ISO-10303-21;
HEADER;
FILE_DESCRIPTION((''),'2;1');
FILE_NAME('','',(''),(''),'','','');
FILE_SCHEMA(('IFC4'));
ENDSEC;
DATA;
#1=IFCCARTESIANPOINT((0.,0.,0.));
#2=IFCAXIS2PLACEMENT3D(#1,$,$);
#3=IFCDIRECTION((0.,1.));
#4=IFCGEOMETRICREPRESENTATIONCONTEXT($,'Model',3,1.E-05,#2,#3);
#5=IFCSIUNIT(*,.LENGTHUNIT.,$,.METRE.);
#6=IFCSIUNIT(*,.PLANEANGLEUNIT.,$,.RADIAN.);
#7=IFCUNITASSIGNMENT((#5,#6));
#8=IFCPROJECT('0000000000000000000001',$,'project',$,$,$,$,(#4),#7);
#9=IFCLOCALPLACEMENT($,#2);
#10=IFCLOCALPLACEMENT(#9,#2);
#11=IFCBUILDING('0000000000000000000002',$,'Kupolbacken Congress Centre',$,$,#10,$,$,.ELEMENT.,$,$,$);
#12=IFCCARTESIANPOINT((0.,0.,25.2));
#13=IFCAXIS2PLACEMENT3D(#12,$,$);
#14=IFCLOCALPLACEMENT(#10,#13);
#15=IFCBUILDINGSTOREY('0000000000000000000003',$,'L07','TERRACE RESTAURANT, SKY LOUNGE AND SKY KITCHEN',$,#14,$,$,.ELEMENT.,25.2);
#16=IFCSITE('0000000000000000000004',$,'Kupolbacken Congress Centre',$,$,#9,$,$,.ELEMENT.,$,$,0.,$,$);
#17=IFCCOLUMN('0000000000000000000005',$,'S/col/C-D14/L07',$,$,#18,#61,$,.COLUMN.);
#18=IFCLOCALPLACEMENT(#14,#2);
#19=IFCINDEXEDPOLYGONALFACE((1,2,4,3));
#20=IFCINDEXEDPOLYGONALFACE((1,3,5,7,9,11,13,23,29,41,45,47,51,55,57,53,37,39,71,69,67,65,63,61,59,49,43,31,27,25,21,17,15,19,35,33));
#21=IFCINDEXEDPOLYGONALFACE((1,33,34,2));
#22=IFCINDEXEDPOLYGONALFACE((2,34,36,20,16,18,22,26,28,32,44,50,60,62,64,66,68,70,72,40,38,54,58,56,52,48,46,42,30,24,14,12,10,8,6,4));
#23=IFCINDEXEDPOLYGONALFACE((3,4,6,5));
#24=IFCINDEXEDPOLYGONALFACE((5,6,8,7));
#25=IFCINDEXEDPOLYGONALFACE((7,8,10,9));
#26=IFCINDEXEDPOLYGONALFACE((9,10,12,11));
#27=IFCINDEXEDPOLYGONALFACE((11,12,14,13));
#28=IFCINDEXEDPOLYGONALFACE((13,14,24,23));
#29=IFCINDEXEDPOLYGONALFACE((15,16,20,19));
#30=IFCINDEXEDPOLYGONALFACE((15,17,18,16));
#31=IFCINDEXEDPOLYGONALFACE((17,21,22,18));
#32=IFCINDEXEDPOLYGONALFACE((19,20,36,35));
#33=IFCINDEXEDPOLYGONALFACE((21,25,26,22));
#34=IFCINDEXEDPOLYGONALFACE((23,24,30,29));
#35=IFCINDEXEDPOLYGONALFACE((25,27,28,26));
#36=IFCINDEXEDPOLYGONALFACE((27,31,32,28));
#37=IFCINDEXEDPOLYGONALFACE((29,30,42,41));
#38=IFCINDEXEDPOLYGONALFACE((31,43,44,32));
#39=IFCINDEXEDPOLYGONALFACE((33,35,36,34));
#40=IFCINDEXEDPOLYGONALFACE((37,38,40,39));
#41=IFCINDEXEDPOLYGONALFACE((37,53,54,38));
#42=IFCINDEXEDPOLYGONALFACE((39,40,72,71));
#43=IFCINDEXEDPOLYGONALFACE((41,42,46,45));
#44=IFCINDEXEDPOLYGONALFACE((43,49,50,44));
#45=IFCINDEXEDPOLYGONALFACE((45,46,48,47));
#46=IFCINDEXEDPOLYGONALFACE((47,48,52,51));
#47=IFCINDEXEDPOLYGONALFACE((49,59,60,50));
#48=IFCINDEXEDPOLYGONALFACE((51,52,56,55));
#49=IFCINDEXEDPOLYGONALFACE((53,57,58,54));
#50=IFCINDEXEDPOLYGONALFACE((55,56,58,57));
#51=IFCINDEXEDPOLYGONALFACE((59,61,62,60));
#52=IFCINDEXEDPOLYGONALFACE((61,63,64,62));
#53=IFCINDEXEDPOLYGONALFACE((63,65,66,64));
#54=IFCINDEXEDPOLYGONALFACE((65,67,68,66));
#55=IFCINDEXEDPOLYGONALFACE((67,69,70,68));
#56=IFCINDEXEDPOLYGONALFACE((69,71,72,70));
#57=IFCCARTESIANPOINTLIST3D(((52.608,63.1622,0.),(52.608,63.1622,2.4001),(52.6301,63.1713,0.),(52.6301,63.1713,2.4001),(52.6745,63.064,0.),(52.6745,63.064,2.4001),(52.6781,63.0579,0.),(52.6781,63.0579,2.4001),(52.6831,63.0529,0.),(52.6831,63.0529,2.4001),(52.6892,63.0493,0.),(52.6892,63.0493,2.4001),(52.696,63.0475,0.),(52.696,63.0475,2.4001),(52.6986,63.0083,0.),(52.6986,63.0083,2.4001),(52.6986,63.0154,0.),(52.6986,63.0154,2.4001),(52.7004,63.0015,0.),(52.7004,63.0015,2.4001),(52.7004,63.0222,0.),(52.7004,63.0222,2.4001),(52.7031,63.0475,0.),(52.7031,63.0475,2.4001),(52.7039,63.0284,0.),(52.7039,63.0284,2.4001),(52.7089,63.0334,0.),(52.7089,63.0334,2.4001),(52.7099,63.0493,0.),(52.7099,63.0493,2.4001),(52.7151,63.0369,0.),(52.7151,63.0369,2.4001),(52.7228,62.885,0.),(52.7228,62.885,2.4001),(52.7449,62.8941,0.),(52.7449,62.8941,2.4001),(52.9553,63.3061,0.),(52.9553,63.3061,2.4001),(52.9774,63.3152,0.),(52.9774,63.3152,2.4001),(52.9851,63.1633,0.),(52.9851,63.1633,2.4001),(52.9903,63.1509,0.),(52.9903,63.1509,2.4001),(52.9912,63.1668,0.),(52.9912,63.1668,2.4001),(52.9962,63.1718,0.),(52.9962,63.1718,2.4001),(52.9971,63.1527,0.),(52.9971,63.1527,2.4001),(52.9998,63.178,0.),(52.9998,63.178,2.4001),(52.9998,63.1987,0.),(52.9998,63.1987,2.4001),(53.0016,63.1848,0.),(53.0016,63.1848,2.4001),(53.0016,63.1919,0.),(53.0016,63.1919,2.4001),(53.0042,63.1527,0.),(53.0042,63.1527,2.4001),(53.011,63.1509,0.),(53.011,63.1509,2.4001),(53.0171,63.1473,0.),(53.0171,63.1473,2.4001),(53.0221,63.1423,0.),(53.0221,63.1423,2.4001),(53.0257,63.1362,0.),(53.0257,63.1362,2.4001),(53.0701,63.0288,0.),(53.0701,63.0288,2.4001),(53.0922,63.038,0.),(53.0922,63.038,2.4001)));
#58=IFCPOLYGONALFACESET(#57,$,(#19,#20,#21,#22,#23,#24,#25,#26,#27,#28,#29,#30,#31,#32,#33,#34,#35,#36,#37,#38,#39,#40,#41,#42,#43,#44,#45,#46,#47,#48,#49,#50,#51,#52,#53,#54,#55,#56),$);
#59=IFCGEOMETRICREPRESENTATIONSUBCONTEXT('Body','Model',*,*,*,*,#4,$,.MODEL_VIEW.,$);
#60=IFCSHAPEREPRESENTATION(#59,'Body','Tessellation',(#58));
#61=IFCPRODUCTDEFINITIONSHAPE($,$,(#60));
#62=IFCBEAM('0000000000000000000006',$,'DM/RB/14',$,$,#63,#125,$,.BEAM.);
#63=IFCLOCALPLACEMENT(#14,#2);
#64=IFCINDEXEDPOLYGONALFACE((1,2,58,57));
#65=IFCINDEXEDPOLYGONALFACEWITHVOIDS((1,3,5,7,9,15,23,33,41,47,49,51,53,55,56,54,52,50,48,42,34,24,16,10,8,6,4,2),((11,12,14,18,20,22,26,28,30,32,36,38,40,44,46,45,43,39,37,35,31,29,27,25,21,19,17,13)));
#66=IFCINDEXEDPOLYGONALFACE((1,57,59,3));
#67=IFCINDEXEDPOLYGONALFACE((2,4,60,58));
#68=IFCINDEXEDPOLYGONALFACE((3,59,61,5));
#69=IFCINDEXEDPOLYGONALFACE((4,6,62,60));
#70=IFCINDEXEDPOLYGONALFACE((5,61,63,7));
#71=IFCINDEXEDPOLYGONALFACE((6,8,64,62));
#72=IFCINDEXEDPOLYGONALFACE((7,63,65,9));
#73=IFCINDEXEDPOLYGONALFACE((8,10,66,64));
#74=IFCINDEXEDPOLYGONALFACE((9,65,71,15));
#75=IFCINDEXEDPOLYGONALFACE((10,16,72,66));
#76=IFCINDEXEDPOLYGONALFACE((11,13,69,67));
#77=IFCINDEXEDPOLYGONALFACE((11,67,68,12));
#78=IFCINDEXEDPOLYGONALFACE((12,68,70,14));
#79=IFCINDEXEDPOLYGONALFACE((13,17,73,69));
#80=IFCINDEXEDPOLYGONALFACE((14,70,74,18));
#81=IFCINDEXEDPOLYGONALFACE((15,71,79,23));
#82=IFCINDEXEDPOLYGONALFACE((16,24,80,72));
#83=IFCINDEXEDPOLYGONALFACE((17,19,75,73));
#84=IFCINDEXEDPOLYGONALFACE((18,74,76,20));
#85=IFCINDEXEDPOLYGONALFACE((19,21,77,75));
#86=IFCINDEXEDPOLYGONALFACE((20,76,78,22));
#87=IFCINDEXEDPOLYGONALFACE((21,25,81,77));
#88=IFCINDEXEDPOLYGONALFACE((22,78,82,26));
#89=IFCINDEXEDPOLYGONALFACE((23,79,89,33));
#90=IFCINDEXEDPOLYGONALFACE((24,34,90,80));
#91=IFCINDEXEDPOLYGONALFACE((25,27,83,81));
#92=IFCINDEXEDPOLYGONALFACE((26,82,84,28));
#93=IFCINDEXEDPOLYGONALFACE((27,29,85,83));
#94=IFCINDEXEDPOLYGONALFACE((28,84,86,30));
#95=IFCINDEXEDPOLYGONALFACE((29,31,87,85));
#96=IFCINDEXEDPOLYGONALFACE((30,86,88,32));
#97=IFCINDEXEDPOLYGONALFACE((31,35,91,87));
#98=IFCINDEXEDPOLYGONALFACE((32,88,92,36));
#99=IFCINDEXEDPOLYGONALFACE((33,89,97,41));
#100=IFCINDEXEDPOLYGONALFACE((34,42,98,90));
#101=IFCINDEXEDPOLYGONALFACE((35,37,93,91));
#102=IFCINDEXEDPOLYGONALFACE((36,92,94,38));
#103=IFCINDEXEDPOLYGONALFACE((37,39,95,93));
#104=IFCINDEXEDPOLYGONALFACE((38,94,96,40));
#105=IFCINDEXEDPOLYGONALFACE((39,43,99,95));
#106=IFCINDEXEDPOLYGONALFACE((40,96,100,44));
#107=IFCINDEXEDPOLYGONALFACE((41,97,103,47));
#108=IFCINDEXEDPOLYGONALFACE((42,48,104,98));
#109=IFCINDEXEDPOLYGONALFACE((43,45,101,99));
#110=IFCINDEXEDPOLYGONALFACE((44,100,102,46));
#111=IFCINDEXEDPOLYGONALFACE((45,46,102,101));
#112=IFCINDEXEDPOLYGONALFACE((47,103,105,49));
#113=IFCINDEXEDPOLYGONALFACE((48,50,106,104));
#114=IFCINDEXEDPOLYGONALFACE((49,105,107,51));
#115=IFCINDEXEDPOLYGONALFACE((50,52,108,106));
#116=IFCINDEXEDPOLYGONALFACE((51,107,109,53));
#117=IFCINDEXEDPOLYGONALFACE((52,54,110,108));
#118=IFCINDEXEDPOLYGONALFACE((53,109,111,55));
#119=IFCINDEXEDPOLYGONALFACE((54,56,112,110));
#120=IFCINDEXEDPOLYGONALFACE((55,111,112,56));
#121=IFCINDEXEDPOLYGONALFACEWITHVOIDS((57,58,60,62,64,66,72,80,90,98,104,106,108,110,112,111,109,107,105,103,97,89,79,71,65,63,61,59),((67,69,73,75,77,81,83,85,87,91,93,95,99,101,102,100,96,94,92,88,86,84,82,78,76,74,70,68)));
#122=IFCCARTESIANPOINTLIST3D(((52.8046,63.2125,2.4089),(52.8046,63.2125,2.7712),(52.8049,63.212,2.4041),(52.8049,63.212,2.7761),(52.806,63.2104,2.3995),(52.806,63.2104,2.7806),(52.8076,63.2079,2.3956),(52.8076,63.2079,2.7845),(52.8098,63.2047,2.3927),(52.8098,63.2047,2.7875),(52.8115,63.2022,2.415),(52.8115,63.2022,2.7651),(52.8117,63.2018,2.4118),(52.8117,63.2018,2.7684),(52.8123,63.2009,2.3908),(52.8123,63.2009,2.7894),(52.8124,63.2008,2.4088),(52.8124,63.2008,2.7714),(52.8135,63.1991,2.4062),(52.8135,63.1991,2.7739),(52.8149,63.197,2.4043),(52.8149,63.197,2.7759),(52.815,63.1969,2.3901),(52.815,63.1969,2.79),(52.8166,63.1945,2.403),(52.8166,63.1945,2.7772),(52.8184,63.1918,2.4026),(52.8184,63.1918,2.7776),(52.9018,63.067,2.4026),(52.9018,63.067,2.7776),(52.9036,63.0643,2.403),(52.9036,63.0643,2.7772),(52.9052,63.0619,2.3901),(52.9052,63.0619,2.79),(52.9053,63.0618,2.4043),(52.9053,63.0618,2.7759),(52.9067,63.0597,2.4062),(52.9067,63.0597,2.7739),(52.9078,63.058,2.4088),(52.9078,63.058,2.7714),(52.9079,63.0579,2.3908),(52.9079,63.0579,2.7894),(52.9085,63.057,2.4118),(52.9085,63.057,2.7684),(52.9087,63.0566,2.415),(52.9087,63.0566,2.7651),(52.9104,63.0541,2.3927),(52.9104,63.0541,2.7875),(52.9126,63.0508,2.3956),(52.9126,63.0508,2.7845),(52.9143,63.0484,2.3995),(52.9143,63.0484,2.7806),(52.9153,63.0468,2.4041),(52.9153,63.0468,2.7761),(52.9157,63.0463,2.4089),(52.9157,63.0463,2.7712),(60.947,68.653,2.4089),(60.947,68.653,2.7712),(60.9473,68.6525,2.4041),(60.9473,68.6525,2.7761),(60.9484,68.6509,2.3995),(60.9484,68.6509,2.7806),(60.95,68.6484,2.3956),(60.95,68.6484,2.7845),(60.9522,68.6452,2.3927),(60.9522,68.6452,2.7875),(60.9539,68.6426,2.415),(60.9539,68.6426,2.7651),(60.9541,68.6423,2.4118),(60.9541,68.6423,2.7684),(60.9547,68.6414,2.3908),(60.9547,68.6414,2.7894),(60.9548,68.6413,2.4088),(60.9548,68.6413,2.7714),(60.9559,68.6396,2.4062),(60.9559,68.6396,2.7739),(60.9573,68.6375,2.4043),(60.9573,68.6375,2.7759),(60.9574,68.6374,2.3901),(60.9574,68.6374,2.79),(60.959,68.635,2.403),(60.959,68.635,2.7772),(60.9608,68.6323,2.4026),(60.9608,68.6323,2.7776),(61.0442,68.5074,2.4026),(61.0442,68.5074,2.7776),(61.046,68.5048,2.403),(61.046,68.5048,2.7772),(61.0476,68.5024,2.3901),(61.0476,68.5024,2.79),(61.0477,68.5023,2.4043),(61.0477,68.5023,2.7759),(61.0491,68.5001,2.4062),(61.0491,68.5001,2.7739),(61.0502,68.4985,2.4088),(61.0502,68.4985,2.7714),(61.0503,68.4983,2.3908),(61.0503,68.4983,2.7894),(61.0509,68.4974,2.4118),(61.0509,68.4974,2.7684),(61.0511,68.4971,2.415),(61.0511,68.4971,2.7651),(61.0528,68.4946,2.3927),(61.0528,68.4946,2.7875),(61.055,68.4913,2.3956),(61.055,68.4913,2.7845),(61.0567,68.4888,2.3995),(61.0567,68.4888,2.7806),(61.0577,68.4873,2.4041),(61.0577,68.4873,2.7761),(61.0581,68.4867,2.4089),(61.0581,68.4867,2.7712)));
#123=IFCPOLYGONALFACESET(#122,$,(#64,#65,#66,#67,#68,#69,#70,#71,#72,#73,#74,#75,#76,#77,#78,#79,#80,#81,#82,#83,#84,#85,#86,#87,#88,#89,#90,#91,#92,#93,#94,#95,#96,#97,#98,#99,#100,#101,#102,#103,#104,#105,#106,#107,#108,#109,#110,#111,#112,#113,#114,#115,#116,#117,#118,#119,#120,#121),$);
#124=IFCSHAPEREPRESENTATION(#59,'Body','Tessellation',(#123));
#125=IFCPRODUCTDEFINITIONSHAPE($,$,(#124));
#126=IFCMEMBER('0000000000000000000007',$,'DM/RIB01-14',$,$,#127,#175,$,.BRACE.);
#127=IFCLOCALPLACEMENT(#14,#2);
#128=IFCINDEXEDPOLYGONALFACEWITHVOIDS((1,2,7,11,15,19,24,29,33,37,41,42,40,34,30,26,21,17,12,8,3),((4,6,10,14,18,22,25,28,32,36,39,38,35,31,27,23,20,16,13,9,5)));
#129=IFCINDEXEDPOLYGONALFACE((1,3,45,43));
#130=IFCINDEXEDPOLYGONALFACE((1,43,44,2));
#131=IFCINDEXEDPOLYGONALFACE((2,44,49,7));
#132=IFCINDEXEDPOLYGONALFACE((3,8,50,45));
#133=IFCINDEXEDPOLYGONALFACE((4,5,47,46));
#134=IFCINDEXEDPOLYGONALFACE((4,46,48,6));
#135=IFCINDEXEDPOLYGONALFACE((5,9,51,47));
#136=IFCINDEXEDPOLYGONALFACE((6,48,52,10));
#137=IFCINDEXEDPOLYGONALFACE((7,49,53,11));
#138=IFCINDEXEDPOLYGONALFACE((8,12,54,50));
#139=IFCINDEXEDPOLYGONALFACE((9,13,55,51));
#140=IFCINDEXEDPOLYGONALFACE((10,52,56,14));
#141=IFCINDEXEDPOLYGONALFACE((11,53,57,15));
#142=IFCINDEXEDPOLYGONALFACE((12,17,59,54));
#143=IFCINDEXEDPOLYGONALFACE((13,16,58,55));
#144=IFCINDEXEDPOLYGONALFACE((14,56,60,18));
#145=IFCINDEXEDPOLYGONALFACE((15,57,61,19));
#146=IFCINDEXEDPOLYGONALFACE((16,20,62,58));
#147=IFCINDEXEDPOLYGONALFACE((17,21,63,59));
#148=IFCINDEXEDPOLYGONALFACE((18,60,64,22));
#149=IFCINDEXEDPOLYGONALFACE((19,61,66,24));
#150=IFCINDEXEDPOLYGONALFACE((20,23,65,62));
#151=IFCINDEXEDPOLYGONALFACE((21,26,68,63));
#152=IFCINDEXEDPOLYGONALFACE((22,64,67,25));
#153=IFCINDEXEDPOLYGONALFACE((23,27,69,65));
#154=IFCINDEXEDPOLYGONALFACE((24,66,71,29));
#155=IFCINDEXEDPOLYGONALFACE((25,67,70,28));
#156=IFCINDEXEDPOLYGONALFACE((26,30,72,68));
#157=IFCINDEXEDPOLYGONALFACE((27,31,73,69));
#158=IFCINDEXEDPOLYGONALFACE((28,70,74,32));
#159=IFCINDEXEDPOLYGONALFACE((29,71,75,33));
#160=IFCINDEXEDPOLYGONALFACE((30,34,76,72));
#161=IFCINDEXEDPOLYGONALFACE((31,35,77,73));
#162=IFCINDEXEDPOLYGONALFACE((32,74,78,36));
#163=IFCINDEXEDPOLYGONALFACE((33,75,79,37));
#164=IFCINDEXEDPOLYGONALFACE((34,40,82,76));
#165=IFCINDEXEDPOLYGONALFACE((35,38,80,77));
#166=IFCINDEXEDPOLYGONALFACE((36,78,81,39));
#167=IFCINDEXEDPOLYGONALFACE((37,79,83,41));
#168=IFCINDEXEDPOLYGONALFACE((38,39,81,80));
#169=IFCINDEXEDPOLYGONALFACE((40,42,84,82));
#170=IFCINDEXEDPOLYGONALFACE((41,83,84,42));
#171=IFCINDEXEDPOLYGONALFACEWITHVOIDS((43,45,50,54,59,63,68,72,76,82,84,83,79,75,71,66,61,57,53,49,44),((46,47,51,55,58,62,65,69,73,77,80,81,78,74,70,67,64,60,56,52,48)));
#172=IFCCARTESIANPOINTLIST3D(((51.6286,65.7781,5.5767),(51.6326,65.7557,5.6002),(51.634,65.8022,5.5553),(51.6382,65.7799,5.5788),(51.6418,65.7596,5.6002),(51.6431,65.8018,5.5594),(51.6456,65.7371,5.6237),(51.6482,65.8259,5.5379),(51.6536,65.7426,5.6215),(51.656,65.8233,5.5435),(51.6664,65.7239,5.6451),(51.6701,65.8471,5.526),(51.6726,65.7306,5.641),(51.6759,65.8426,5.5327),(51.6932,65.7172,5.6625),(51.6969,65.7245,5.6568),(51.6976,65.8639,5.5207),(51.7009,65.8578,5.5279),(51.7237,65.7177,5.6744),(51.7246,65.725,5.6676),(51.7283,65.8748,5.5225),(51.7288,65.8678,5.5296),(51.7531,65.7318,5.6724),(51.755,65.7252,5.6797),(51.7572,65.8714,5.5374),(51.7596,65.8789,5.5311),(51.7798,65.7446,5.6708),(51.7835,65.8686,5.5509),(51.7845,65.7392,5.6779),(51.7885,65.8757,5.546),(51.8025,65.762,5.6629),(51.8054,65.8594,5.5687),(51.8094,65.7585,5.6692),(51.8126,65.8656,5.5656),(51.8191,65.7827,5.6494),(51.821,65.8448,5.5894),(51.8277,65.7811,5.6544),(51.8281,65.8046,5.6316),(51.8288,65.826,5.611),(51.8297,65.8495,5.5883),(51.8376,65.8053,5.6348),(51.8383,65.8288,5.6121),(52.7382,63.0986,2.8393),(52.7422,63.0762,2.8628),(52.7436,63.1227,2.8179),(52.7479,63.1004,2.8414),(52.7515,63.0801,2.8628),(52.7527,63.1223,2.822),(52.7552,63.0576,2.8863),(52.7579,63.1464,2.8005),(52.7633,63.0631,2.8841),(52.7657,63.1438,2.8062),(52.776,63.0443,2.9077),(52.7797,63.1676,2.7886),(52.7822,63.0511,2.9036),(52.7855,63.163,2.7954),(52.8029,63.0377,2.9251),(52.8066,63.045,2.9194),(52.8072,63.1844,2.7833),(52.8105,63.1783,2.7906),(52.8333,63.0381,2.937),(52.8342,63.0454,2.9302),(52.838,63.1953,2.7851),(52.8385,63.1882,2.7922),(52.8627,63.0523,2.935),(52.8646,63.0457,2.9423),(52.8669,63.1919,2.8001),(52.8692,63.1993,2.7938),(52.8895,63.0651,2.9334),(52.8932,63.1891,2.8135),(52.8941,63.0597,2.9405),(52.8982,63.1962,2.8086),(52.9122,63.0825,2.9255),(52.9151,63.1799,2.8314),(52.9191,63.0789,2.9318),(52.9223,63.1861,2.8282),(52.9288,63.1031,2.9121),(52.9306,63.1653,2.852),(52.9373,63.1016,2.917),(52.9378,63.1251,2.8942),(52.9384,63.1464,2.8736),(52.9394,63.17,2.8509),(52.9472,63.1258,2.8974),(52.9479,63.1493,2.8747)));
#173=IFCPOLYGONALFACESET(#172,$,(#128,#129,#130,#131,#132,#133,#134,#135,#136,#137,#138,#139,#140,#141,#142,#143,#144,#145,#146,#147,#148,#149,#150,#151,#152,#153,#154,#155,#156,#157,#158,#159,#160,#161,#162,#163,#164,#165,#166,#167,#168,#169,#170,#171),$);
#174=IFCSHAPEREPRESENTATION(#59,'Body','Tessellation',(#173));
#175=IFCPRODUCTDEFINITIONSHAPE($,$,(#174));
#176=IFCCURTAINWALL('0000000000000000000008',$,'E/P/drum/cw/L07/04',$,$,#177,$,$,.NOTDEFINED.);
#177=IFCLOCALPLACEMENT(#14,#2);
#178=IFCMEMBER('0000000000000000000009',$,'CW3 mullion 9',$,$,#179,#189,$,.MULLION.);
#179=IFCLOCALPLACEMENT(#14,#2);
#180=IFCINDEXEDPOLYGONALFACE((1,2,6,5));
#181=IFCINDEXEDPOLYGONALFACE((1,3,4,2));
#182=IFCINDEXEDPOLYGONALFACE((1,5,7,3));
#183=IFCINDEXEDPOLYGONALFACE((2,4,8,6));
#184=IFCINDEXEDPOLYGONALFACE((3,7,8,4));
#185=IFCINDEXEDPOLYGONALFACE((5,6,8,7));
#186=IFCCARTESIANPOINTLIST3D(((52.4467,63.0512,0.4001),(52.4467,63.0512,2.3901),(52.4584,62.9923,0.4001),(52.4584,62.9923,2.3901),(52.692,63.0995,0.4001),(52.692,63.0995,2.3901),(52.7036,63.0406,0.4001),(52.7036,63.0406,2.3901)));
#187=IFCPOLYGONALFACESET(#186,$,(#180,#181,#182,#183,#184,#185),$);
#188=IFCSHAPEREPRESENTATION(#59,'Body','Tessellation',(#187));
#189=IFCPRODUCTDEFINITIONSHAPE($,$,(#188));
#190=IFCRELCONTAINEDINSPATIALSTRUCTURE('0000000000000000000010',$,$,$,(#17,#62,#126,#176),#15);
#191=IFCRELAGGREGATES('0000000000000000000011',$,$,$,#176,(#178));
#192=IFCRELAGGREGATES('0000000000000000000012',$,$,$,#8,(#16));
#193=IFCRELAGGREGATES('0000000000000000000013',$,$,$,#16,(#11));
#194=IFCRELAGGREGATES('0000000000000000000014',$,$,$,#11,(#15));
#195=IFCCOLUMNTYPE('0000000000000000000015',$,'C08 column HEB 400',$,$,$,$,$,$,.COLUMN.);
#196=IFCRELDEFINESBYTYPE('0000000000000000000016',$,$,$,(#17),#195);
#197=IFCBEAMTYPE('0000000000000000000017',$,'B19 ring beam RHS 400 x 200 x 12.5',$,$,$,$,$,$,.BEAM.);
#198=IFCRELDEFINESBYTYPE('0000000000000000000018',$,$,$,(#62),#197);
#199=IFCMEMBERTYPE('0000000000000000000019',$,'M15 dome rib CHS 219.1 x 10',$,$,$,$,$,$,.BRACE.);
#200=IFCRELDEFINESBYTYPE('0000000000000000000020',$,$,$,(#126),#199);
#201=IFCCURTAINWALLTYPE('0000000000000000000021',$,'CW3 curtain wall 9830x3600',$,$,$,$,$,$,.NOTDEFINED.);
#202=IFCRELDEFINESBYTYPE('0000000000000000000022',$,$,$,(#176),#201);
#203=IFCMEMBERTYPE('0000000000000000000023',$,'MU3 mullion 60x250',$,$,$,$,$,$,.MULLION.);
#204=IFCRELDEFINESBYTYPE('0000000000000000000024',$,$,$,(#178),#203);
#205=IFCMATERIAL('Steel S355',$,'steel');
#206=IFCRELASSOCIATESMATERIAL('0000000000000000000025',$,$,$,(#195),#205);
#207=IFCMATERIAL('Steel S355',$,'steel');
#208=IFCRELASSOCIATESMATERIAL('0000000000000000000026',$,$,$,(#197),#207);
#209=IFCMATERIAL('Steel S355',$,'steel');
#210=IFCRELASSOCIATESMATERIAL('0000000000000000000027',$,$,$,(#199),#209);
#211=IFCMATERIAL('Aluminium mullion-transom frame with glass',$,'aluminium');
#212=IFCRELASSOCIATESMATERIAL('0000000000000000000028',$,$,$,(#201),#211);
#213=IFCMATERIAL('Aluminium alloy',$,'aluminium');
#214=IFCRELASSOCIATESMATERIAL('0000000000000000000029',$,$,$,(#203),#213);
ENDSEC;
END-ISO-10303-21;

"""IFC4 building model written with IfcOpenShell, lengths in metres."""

from ifc_helpers import new_model, si_unit, direction, frame, origin, origin_2d, place, context, subcontext, project, spatial, rectangle, hollow_rectangle, hollow_circle, i_section, extrude, material, material_profile, profile_set, type_object, element, aggregate, save


model = new_model("IFC4")

# Units and contexts
model_context = context("Model", 3, precision=1e-05, world=origin(), true_north=direction((0.0, 1.0)))
body_context = subcontext(model_context, "Body", "Model", "MODEL_VIEW")
ifc_project = project(units=[si_unit("LENGTHUNIT", "METRE"), si_unit("PLANEANGLEUNIT", "RADIAN")], contexts=[model_context])

# Site, building, storey
site_placement = place(None, origin())
site = spatial("IfcSite", under=ifc_project, at=site_placement, Name="Kupolbacken Congress Centre", CompositionType="ELEMENT", RefElevation=0.0)
building_placement = place(site_placement, origin())
building = spatial("IfcBuilding", under=site, at=building_placement, Name="Kupolbacken Congress Centre", CompositionType="ELEMENT")
storey_placement = place(building_placement, frame((0.0, 0.0, 25.2)))
storey = spatial("IfcBuildingStorey", under=building, at=storey_placement, Name="L07", Description="TERRACE RESTAURANT, SKY LOUNGE AND SKY KITCHEN", CompositionType="ELEMENT", Elevation=25.2)

# Column
ifc_material_1 = material(Name="Steel S355", Category="steel")
ifc_material_profile_1 = material_profile(ifc_material_1, i_section(OverallWidth=0.3, OverallDepth=0.3999, WebThickness=0.0134, FlangeThickness=0.0239, FilletRadius=0.0271, at=origin_2d()), Name="HEB 400")
ifc_profile_set_1 = profile_set([ifc_material_profile_1], Name="Steel S355")
column_type = type_object("IfcColumnType", Name="C08 column HEB 400", PredefinedType="COLUMN", material=ifc_profile_set_1)
column_placement = place(storey_placement, frame((52.8501, 63.1001, 0.0), z_axis=(0.0, 0.0, 1.0), x_axis=(0.382644, -0.923896, 0.0)))
element("IfcColumn", 1, at=column_placement, inside=storey, type_object=column_type, Name="S/col/C-D14/L07", PredefinedType="COLUMN", context=body_context, shape_type="SweptSolid", body=[
    extrude(i_section(OverallWidth=0.3, OverallDepth=0.3999, WebThickness=0.0134, FlangeThickness=0.0239, FilletRadius=0.0271, at=origin_2d()), origin(), (0.0, 0.0, 1.0), 2.4001),
])

# Beam
ifc_material_2 = material(Name="Steel S355", Category="steel")
ifc_material_profile_2 = material_profile(ifc_material_2, hollow_rectangle(XDim=0.2, YDim=0.3999, WallThickness=0.0125, InnerFilletRadius=0.0125, OuterFilletRadius=0.0188, at=origin_2d()), Name="RHS 400 x 200 x 12.5")
ifc_profile_set_2 = profile_set([ifc_material_profile_2], Name="Steel S355")
beam_type = type_object("IfcBeamType", Name="B19 ring beam RHS 400 x 200 x 12.5", PredefinedType="BEAM", material=ifc_profile_set_2)
beam_placement = place(storey_placement, frame((52.8601, 63.1294, 2.5901), z_axis=(0.831475, 0.555563, 0.0), x_axis=(-0.555563, 0.831475, 0.0)))
element("IfcBeam", 2, at=beam_placement, inside=storey, type_object=beam_type, Name="DM/RB/14", PredefinedType="BEAM", context=body_context, shape_type="SweptSolid", body=[
    extrude(hollow_rectangle(XDim=0.2, YDim=0.3999, WallThickness=0.0125, InnerFilletRadius=0.0125, OuterFilletRadius=0.0188, at=origin_2d()), origin(), (0.0, 0.0, 1.0), 9.7927),
])

# Member
ifc_material_3 = material(Name="Steel S355", Category="steel")
ifc_material_profile_3 = material_profile(ifc_material_3, hollow_circle(Radius=0.1096, WallThickness=0.01, at=origin_2d()), Name="CHS 219.1 x 10")
ifc_profile_set_3 = profile_set([ifc_material_profile_3], Name="Steel S355")
member_type_1 = type_object("IfcMemberType", Name="M15 dome rib CHS 219.1 x 10", PredefinedType="BRACE", material=ifc_profile_set_3)
member_1_placement = place(storey_placement, frame((52.8435, 63.1182, 2.8628), z_axis=(-0.278245, 0.67189, 0.686399), x_axis=(-0.923909, -0.382612, 0.0)))
element("IfcMember", 3, at=member_1_placement, inside=storey, type_object=member_type_1, Name="DM/RIB01-14", PredefinedType="BRACE", context=body_context, shape_type="SweptSolid", body=[
    extrude(hollow_circle(Radius=0.1096, WallThickness=0.01, at=origin_2d()), origin(), (0.0, 0.0, 1.0), 3.988),
])

# Curtain wall, member
ifc_material_4 = material(Name="Aluminium mullion-transom frame with glass", Category="aluminium")
curtain_wall_type = type_object("IfcCurtainWallType", Name="CW3 curtain wall 9830x3600", PredefinedType="NOTDEFINED", material=ifc_material_4)
curtain_wall_1_placement = place(storey_placement, origin())
curtain_wall_1 = element("IfcCurtainWall", 4, at=curtain_wall_1_placement, inside=storey, type_object=curtain_wall_type, Name="E/P/drum/cw/L07/04", PredefinedType="NOTDEFINED")
ifc_material_5 = material(Name="Aluminium alloy", Category="aluminium")
ifc_material_profile_4 = material_profile(ifc_material_5, rectangle(XDim=0.0601, YDim=0.25, at=origin_2d()), Name="60 x 250")
ifc_profile_set_4 = profile_set([ifc_material_profile_4], Name="Aluminium alloy")
member_type_2 = type_object("IfcMemberType", Name="MU3 mullion 60x250", PredefinedType="MULLION", material=ifc_profile_set_4)
member_2_placement = place(storey_placement, frame((52.5752, 63.0459, 0.4001), z_axis=(0.0, 0.0, 1.0), x_axis=(-0.193182, 0.981163, 0.0)))
member_2 = element("IfcMember", 5, at=member_2_placement, type_object=member_type_2, Name="CW3 mullion 9", PredefinedType="MULLION", context=body_context, shape_type="SweptSolid", body=[
    extrude(rectangle(XDim=0.0601, YDim=0.25, at=origin_2d()), origin(), (0.0, 0.0, 1.0), 1.99),
])
aggregate(curtain_wall_1, [member_2])

save(model, "model.ifc")
